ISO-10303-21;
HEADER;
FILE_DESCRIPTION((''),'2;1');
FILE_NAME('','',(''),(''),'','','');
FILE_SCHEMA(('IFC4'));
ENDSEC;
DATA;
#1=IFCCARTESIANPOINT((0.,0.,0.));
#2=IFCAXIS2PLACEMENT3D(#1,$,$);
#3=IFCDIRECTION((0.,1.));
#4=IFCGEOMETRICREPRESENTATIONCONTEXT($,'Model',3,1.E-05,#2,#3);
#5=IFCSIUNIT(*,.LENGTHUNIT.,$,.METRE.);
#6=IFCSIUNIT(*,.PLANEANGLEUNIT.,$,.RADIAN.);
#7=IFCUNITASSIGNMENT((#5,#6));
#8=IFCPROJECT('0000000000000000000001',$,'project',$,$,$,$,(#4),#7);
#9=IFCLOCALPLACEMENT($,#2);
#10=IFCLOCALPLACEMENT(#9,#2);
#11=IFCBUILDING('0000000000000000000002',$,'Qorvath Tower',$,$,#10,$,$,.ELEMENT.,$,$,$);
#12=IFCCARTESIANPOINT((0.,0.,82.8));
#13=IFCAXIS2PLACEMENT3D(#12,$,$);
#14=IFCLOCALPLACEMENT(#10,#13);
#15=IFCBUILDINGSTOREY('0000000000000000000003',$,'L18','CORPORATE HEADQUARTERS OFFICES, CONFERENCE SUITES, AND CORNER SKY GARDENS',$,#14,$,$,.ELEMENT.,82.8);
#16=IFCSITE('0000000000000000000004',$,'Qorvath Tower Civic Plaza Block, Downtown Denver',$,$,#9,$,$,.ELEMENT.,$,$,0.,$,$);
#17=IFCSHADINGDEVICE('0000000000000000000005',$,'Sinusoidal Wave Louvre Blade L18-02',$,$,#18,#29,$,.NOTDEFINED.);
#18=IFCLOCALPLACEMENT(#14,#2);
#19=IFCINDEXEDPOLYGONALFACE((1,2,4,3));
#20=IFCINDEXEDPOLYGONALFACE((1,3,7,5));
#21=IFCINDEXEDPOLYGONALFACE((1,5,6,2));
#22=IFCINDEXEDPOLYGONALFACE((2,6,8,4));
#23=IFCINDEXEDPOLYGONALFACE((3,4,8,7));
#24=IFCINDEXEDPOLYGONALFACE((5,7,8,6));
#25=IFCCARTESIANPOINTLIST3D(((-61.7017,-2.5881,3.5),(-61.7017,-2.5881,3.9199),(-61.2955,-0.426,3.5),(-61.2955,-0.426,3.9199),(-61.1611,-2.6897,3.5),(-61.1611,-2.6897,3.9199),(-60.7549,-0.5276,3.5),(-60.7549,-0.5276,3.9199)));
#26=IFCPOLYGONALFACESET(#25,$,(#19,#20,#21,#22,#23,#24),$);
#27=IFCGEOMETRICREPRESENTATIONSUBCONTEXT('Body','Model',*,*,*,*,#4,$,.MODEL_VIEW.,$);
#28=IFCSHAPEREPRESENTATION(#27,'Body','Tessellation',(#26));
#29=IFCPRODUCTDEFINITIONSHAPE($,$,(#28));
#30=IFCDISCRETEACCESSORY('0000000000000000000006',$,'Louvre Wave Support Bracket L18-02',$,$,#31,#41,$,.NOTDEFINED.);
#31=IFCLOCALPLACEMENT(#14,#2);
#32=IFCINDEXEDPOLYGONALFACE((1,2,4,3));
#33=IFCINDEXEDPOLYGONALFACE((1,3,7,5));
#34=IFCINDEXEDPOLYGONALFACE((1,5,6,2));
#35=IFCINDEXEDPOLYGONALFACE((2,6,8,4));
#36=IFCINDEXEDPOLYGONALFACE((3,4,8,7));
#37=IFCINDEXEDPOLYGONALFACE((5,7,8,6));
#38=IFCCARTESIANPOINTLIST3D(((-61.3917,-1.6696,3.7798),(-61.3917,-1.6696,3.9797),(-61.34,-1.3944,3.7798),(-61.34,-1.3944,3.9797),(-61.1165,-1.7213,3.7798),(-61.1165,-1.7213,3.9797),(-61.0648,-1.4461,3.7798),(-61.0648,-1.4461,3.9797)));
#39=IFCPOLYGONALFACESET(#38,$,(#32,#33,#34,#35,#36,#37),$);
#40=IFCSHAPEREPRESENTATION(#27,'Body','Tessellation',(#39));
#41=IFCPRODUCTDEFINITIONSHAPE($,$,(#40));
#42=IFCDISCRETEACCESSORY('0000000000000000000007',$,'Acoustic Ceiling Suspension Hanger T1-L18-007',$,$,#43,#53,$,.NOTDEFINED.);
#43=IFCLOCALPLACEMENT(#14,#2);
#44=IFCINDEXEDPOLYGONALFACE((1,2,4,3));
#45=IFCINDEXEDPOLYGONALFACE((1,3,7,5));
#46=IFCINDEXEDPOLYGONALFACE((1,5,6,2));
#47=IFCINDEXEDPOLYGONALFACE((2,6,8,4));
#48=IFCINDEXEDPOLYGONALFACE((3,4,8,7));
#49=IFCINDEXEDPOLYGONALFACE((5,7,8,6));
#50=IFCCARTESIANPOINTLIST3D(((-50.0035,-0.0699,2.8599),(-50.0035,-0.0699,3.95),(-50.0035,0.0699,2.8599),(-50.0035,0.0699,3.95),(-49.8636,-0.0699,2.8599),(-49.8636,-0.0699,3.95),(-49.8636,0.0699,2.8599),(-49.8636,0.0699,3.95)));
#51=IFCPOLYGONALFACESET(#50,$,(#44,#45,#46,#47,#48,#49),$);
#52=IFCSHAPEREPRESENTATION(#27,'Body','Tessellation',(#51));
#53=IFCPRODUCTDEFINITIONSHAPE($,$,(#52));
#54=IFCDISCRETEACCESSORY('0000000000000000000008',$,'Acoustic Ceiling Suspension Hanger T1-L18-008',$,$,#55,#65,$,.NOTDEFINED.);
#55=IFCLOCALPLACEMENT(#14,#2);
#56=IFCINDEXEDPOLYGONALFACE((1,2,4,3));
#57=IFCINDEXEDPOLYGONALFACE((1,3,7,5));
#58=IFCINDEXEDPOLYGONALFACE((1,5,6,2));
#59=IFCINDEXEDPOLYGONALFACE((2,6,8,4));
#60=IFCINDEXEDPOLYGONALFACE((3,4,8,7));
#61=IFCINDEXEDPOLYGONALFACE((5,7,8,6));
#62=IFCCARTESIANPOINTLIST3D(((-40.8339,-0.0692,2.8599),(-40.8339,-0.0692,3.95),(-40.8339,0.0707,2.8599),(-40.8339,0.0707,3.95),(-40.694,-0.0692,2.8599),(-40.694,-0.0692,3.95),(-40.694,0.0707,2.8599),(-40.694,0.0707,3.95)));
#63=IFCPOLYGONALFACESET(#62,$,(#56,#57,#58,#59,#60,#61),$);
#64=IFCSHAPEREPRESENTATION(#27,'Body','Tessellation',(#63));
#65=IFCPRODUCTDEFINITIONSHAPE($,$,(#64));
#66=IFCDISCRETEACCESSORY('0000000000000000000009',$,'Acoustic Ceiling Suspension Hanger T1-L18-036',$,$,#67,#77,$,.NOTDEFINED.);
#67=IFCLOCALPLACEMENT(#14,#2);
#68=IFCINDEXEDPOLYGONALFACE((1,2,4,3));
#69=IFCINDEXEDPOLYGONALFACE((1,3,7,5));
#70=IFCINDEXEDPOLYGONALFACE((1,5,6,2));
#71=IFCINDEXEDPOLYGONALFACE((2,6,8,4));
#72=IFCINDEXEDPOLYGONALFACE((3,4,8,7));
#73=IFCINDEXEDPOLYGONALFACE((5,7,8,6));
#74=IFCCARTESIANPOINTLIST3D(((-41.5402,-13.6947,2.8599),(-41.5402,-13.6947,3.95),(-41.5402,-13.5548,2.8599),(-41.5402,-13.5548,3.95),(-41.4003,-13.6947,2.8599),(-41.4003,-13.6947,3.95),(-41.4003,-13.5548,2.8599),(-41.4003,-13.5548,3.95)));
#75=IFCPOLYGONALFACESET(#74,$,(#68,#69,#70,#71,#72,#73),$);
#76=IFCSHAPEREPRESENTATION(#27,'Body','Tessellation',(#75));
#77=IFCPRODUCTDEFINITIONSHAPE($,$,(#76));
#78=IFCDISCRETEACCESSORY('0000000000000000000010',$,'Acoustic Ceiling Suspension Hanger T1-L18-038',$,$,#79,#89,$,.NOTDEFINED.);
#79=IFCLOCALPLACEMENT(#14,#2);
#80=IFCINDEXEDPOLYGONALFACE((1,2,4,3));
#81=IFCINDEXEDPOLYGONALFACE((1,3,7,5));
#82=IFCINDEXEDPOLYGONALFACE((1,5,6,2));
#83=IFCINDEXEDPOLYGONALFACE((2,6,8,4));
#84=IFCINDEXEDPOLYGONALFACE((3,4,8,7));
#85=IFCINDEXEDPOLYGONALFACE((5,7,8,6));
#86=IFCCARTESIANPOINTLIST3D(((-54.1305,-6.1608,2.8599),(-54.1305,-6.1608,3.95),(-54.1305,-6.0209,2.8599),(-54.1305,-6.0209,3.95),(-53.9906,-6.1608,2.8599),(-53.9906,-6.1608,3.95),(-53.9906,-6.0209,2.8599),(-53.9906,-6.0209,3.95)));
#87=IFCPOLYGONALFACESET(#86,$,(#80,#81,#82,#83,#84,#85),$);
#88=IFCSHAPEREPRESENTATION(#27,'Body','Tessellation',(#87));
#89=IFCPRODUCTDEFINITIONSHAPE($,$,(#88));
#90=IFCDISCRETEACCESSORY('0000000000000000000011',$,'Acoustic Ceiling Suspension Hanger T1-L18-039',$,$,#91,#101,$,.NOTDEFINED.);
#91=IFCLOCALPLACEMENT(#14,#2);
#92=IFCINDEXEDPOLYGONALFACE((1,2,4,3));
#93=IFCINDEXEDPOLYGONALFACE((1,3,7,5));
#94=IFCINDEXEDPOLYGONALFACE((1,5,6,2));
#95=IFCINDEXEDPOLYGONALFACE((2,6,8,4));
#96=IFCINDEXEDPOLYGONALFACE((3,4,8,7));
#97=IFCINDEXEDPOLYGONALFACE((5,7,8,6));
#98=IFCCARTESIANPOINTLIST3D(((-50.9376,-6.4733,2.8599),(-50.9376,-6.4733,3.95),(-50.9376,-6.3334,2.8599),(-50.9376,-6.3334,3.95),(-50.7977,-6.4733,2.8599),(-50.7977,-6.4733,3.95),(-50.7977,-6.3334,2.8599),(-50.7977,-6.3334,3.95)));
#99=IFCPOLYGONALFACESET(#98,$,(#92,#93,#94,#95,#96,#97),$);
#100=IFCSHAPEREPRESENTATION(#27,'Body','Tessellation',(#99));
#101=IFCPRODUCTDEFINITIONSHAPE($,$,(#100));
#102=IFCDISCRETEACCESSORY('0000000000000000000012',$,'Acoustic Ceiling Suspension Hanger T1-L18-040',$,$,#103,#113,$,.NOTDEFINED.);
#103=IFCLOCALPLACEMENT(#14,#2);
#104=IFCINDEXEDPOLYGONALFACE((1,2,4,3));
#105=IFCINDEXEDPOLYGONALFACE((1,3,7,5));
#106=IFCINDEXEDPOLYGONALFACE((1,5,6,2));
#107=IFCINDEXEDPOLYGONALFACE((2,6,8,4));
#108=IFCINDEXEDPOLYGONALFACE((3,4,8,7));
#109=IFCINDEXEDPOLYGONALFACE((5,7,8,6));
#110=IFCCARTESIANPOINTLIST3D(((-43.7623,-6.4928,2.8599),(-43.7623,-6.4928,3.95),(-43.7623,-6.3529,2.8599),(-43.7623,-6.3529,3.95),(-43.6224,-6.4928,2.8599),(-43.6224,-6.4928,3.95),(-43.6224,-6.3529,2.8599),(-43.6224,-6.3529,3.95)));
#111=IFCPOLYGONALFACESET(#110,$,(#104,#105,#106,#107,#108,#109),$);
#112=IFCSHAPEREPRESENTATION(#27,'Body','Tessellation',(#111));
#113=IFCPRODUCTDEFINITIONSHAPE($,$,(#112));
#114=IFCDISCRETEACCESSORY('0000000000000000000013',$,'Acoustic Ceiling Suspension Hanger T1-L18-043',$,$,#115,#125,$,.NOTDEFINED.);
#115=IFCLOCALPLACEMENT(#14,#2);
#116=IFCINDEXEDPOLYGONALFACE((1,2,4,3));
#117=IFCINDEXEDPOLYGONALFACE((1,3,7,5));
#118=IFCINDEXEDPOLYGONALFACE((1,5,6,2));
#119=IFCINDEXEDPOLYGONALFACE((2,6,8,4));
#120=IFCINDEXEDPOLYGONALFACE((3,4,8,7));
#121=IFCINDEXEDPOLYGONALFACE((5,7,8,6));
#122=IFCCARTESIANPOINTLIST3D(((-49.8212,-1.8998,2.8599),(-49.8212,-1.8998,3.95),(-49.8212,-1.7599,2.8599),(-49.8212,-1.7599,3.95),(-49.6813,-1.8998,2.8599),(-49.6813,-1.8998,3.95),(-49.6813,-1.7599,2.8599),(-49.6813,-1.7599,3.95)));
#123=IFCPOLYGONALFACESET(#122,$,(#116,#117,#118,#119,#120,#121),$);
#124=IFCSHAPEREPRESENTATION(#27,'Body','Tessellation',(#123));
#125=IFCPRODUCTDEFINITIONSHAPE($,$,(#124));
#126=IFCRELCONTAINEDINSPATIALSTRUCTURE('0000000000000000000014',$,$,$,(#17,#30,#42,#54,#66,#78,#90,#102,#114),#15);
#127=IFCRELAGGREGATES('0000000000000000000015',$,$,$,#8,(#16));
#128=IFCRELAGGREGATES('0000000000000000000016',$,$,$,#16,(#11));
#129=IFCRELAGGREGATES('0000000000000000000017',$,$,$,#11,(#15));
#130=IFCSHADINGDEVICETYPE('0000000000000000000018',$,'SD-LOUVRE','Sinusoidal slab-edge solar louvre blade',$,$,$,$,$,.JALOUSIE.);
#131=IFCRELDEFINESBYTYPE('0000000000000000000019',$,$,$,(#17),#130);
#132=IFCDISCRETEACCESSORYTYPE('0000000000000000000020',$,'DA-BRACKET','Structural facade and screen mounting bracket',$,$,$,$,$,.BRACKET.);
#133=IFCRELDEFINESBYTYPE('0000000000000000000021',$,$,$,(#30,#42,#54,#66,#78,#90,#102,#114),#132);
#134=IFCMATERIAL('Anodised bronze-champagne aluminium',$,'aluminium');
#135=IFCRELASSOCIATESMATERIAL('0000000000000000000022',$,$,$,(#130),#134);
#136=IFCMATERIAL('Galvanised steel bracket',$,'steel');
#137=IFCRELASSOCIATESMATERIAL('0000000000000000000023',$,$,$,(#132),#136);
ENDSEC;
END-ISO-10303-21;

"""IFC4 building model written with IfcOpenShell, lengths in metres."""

from ifc_helpers import new_model, si_unit, direction, frame, origin, origin_2d, place, context, subcontext, project, spatial, rectangle, extrude, material, type_object, element, save


model = new_model("IFC4")

# Units and contexts
model_context = context("Model", 3, precision=1e-05, world=origin(), true_north=direction((0.0, 1.0)))
body_context = subcontext(model_context, "Body", "Model", "MODEL_VIEW")
ifc_project = project(units=[si_unit("LENGTHUNIT", "METRE"), si_unit("PLANEANGLEUNIT", "RADIAN")], contexts=[model_context])

# Site, building, storey
site_placement = place(None, origin())
site = spatial("IfcSite", under=ifc_project, at=site_placement, Name="Qorvath Tower Civic Plaza Block, Downtown Denver", CompositionType="ELEMENT", RefElevation=0.0)
building_placement = place(site_placement, origin())
building = spatial("IfcBuilding", under=site, at=building_placement, Name="Qorvath Tower", CompositionType="ELEMENT")
storey_placement = place(building_placement, frame((0.0, 0.0, 82.8)))
storey = spatial("IfcBuildingStorey", under=building, at=storey_placement, Name="L18", Description="CORPORATE HEADQUARTERS OFFICES, CONFERENCE SUITES, AND CORNER SKY GARDENS", CompositionType="ELEMENT", Elevation=82.8)

# Shading device
ifc_material_1 = material(Name="Anodised bronze-champagne aluminium", Category="aluminium")
shading_device_type = type_object("IfcShadingDeviceType", Name="SD-LOUVRE", Description="Sinusoidal slab-edge solar louvre blade", PredefinedType="JALOUSIE", material=ifc_material_1)
shading_device_placement = place(storey_placement, frame((-61.2283, -1.5579, 3.5), z_axis=(0.0, 0.0, 1.0), x_axis=(-0.184644, -0.982805, 0.0)))
element("IfcShadingDevice", 1, at=shading_device_placement, inside=storey, type_object=shading_device_type, Name="Sinusoidal Wave Louvre Blade L18-02", PredefinedType="NOTDEFINED", context=body_context, shape_type="SweptSolid", body=[
    extrude(rectangle(XDim=2.2, YDim=0.55, at=origin_2d()), origin(), (0.0, 0.0, 1.0), 0.4199),
])

# Discrete accessories
ifc_material_2 = material(Name="Galvanised steel bracket", Category="steel")
discrete_accessory_type = type_object("IfcDiscreteAccessoryType", Name="DA-BRACKET", Description="Structural facade and screen mounting bracket", PredefinedType="BRACKET", material=ifc_material_2)
discrete_accessory_placement = place(storey_placement, frame((-61.2283, -1.5579, 3.7798), z_axis=(0.0, 0.0, 1.0), x_axis=(-0.184644, -0.982805, 0.0)))
element("IfcDiscreteAccessory", 2, at=discrete_accessory_placement, inside=storey, type_object=discrete_accessory_type, Name="Louvre Wave Support Bracket L18-02", PredefinedType="NOTDEFINED", context=body_context, shape_type="SweptSolid", body=[
    extrude(rectangle(XDim=0.28, YDim=0.28, at=origin_2d()), origin(), (0.0, 0.0, 1.0), 0.2),
])
for number, where, z_axis, x_axis, name in (
    (3, (-49.9336, 0.0, 2.8599), (0.0, 0.0, 1.0), (1.0, 0.0, 0.0), "Acoustic Ceiling Suspension Hanger T1-L18-007"),
    (4, (-40.7639, 0.0007, 2.8599), (0.0, 0.0, 1.0), (1.0, 0.0, 0.0), "Acoustic Ceiling Suspension Hanger T1-L18-008"),
    (5, (-41.4702, -13.6248, 2.8599), (0.0, 0.0, 1.0), (1.0, 0.0, 0.0), "Acoustic Ceiling Suspension Hanger T1-L18-036"),
    (6, (-54.0605, -6.0908, 2.8599), (0.0, 0.0, 1.0), (1.0, 0.0, 0.0), "Acoustic Ceiling Suspension Hanger T1-L18-038"),
    (7, (-50.8677, -6.4033, 2.8599), (0.0, 0.0, 1.0), (1.0, 0.0, 0.0), "Acoustic Ceiling Suspension Hanger T1-L18-039"),
    (8, (-43.6924, -6.4229, 2.8599), (0.0, 0.0, 1.0), (1.0, 0.0, 0.0), "Acoustic Ceiling Suspension Hanger T1-L18-040"),
    (9, (-49.7512, -1.8298, 2.8599), (0.0, 0.0, 1.0), (1.0, 0.0, 0.0), "Acoustic Ceiling Suspension Hanger T1-L18-043"),
):
    element("IfcDiscreteAccessory", number, at=place(storey_placement, frame(where, z_axis=z_axis, x_axis=x_axis)), inside=storey, type_object=discrete_accessory_type, Name=name, PredefinedType="NOTDEFINED", context=body_context, shape_type="SweptSolid", body=[
        extrude(rectangle(XDim=0.1399, YDim=0.1399, at=origin_2d()), origin(), (0.0, 0.0, 1.0), 1.0901),
    ])

save(model, "model.ifc")
